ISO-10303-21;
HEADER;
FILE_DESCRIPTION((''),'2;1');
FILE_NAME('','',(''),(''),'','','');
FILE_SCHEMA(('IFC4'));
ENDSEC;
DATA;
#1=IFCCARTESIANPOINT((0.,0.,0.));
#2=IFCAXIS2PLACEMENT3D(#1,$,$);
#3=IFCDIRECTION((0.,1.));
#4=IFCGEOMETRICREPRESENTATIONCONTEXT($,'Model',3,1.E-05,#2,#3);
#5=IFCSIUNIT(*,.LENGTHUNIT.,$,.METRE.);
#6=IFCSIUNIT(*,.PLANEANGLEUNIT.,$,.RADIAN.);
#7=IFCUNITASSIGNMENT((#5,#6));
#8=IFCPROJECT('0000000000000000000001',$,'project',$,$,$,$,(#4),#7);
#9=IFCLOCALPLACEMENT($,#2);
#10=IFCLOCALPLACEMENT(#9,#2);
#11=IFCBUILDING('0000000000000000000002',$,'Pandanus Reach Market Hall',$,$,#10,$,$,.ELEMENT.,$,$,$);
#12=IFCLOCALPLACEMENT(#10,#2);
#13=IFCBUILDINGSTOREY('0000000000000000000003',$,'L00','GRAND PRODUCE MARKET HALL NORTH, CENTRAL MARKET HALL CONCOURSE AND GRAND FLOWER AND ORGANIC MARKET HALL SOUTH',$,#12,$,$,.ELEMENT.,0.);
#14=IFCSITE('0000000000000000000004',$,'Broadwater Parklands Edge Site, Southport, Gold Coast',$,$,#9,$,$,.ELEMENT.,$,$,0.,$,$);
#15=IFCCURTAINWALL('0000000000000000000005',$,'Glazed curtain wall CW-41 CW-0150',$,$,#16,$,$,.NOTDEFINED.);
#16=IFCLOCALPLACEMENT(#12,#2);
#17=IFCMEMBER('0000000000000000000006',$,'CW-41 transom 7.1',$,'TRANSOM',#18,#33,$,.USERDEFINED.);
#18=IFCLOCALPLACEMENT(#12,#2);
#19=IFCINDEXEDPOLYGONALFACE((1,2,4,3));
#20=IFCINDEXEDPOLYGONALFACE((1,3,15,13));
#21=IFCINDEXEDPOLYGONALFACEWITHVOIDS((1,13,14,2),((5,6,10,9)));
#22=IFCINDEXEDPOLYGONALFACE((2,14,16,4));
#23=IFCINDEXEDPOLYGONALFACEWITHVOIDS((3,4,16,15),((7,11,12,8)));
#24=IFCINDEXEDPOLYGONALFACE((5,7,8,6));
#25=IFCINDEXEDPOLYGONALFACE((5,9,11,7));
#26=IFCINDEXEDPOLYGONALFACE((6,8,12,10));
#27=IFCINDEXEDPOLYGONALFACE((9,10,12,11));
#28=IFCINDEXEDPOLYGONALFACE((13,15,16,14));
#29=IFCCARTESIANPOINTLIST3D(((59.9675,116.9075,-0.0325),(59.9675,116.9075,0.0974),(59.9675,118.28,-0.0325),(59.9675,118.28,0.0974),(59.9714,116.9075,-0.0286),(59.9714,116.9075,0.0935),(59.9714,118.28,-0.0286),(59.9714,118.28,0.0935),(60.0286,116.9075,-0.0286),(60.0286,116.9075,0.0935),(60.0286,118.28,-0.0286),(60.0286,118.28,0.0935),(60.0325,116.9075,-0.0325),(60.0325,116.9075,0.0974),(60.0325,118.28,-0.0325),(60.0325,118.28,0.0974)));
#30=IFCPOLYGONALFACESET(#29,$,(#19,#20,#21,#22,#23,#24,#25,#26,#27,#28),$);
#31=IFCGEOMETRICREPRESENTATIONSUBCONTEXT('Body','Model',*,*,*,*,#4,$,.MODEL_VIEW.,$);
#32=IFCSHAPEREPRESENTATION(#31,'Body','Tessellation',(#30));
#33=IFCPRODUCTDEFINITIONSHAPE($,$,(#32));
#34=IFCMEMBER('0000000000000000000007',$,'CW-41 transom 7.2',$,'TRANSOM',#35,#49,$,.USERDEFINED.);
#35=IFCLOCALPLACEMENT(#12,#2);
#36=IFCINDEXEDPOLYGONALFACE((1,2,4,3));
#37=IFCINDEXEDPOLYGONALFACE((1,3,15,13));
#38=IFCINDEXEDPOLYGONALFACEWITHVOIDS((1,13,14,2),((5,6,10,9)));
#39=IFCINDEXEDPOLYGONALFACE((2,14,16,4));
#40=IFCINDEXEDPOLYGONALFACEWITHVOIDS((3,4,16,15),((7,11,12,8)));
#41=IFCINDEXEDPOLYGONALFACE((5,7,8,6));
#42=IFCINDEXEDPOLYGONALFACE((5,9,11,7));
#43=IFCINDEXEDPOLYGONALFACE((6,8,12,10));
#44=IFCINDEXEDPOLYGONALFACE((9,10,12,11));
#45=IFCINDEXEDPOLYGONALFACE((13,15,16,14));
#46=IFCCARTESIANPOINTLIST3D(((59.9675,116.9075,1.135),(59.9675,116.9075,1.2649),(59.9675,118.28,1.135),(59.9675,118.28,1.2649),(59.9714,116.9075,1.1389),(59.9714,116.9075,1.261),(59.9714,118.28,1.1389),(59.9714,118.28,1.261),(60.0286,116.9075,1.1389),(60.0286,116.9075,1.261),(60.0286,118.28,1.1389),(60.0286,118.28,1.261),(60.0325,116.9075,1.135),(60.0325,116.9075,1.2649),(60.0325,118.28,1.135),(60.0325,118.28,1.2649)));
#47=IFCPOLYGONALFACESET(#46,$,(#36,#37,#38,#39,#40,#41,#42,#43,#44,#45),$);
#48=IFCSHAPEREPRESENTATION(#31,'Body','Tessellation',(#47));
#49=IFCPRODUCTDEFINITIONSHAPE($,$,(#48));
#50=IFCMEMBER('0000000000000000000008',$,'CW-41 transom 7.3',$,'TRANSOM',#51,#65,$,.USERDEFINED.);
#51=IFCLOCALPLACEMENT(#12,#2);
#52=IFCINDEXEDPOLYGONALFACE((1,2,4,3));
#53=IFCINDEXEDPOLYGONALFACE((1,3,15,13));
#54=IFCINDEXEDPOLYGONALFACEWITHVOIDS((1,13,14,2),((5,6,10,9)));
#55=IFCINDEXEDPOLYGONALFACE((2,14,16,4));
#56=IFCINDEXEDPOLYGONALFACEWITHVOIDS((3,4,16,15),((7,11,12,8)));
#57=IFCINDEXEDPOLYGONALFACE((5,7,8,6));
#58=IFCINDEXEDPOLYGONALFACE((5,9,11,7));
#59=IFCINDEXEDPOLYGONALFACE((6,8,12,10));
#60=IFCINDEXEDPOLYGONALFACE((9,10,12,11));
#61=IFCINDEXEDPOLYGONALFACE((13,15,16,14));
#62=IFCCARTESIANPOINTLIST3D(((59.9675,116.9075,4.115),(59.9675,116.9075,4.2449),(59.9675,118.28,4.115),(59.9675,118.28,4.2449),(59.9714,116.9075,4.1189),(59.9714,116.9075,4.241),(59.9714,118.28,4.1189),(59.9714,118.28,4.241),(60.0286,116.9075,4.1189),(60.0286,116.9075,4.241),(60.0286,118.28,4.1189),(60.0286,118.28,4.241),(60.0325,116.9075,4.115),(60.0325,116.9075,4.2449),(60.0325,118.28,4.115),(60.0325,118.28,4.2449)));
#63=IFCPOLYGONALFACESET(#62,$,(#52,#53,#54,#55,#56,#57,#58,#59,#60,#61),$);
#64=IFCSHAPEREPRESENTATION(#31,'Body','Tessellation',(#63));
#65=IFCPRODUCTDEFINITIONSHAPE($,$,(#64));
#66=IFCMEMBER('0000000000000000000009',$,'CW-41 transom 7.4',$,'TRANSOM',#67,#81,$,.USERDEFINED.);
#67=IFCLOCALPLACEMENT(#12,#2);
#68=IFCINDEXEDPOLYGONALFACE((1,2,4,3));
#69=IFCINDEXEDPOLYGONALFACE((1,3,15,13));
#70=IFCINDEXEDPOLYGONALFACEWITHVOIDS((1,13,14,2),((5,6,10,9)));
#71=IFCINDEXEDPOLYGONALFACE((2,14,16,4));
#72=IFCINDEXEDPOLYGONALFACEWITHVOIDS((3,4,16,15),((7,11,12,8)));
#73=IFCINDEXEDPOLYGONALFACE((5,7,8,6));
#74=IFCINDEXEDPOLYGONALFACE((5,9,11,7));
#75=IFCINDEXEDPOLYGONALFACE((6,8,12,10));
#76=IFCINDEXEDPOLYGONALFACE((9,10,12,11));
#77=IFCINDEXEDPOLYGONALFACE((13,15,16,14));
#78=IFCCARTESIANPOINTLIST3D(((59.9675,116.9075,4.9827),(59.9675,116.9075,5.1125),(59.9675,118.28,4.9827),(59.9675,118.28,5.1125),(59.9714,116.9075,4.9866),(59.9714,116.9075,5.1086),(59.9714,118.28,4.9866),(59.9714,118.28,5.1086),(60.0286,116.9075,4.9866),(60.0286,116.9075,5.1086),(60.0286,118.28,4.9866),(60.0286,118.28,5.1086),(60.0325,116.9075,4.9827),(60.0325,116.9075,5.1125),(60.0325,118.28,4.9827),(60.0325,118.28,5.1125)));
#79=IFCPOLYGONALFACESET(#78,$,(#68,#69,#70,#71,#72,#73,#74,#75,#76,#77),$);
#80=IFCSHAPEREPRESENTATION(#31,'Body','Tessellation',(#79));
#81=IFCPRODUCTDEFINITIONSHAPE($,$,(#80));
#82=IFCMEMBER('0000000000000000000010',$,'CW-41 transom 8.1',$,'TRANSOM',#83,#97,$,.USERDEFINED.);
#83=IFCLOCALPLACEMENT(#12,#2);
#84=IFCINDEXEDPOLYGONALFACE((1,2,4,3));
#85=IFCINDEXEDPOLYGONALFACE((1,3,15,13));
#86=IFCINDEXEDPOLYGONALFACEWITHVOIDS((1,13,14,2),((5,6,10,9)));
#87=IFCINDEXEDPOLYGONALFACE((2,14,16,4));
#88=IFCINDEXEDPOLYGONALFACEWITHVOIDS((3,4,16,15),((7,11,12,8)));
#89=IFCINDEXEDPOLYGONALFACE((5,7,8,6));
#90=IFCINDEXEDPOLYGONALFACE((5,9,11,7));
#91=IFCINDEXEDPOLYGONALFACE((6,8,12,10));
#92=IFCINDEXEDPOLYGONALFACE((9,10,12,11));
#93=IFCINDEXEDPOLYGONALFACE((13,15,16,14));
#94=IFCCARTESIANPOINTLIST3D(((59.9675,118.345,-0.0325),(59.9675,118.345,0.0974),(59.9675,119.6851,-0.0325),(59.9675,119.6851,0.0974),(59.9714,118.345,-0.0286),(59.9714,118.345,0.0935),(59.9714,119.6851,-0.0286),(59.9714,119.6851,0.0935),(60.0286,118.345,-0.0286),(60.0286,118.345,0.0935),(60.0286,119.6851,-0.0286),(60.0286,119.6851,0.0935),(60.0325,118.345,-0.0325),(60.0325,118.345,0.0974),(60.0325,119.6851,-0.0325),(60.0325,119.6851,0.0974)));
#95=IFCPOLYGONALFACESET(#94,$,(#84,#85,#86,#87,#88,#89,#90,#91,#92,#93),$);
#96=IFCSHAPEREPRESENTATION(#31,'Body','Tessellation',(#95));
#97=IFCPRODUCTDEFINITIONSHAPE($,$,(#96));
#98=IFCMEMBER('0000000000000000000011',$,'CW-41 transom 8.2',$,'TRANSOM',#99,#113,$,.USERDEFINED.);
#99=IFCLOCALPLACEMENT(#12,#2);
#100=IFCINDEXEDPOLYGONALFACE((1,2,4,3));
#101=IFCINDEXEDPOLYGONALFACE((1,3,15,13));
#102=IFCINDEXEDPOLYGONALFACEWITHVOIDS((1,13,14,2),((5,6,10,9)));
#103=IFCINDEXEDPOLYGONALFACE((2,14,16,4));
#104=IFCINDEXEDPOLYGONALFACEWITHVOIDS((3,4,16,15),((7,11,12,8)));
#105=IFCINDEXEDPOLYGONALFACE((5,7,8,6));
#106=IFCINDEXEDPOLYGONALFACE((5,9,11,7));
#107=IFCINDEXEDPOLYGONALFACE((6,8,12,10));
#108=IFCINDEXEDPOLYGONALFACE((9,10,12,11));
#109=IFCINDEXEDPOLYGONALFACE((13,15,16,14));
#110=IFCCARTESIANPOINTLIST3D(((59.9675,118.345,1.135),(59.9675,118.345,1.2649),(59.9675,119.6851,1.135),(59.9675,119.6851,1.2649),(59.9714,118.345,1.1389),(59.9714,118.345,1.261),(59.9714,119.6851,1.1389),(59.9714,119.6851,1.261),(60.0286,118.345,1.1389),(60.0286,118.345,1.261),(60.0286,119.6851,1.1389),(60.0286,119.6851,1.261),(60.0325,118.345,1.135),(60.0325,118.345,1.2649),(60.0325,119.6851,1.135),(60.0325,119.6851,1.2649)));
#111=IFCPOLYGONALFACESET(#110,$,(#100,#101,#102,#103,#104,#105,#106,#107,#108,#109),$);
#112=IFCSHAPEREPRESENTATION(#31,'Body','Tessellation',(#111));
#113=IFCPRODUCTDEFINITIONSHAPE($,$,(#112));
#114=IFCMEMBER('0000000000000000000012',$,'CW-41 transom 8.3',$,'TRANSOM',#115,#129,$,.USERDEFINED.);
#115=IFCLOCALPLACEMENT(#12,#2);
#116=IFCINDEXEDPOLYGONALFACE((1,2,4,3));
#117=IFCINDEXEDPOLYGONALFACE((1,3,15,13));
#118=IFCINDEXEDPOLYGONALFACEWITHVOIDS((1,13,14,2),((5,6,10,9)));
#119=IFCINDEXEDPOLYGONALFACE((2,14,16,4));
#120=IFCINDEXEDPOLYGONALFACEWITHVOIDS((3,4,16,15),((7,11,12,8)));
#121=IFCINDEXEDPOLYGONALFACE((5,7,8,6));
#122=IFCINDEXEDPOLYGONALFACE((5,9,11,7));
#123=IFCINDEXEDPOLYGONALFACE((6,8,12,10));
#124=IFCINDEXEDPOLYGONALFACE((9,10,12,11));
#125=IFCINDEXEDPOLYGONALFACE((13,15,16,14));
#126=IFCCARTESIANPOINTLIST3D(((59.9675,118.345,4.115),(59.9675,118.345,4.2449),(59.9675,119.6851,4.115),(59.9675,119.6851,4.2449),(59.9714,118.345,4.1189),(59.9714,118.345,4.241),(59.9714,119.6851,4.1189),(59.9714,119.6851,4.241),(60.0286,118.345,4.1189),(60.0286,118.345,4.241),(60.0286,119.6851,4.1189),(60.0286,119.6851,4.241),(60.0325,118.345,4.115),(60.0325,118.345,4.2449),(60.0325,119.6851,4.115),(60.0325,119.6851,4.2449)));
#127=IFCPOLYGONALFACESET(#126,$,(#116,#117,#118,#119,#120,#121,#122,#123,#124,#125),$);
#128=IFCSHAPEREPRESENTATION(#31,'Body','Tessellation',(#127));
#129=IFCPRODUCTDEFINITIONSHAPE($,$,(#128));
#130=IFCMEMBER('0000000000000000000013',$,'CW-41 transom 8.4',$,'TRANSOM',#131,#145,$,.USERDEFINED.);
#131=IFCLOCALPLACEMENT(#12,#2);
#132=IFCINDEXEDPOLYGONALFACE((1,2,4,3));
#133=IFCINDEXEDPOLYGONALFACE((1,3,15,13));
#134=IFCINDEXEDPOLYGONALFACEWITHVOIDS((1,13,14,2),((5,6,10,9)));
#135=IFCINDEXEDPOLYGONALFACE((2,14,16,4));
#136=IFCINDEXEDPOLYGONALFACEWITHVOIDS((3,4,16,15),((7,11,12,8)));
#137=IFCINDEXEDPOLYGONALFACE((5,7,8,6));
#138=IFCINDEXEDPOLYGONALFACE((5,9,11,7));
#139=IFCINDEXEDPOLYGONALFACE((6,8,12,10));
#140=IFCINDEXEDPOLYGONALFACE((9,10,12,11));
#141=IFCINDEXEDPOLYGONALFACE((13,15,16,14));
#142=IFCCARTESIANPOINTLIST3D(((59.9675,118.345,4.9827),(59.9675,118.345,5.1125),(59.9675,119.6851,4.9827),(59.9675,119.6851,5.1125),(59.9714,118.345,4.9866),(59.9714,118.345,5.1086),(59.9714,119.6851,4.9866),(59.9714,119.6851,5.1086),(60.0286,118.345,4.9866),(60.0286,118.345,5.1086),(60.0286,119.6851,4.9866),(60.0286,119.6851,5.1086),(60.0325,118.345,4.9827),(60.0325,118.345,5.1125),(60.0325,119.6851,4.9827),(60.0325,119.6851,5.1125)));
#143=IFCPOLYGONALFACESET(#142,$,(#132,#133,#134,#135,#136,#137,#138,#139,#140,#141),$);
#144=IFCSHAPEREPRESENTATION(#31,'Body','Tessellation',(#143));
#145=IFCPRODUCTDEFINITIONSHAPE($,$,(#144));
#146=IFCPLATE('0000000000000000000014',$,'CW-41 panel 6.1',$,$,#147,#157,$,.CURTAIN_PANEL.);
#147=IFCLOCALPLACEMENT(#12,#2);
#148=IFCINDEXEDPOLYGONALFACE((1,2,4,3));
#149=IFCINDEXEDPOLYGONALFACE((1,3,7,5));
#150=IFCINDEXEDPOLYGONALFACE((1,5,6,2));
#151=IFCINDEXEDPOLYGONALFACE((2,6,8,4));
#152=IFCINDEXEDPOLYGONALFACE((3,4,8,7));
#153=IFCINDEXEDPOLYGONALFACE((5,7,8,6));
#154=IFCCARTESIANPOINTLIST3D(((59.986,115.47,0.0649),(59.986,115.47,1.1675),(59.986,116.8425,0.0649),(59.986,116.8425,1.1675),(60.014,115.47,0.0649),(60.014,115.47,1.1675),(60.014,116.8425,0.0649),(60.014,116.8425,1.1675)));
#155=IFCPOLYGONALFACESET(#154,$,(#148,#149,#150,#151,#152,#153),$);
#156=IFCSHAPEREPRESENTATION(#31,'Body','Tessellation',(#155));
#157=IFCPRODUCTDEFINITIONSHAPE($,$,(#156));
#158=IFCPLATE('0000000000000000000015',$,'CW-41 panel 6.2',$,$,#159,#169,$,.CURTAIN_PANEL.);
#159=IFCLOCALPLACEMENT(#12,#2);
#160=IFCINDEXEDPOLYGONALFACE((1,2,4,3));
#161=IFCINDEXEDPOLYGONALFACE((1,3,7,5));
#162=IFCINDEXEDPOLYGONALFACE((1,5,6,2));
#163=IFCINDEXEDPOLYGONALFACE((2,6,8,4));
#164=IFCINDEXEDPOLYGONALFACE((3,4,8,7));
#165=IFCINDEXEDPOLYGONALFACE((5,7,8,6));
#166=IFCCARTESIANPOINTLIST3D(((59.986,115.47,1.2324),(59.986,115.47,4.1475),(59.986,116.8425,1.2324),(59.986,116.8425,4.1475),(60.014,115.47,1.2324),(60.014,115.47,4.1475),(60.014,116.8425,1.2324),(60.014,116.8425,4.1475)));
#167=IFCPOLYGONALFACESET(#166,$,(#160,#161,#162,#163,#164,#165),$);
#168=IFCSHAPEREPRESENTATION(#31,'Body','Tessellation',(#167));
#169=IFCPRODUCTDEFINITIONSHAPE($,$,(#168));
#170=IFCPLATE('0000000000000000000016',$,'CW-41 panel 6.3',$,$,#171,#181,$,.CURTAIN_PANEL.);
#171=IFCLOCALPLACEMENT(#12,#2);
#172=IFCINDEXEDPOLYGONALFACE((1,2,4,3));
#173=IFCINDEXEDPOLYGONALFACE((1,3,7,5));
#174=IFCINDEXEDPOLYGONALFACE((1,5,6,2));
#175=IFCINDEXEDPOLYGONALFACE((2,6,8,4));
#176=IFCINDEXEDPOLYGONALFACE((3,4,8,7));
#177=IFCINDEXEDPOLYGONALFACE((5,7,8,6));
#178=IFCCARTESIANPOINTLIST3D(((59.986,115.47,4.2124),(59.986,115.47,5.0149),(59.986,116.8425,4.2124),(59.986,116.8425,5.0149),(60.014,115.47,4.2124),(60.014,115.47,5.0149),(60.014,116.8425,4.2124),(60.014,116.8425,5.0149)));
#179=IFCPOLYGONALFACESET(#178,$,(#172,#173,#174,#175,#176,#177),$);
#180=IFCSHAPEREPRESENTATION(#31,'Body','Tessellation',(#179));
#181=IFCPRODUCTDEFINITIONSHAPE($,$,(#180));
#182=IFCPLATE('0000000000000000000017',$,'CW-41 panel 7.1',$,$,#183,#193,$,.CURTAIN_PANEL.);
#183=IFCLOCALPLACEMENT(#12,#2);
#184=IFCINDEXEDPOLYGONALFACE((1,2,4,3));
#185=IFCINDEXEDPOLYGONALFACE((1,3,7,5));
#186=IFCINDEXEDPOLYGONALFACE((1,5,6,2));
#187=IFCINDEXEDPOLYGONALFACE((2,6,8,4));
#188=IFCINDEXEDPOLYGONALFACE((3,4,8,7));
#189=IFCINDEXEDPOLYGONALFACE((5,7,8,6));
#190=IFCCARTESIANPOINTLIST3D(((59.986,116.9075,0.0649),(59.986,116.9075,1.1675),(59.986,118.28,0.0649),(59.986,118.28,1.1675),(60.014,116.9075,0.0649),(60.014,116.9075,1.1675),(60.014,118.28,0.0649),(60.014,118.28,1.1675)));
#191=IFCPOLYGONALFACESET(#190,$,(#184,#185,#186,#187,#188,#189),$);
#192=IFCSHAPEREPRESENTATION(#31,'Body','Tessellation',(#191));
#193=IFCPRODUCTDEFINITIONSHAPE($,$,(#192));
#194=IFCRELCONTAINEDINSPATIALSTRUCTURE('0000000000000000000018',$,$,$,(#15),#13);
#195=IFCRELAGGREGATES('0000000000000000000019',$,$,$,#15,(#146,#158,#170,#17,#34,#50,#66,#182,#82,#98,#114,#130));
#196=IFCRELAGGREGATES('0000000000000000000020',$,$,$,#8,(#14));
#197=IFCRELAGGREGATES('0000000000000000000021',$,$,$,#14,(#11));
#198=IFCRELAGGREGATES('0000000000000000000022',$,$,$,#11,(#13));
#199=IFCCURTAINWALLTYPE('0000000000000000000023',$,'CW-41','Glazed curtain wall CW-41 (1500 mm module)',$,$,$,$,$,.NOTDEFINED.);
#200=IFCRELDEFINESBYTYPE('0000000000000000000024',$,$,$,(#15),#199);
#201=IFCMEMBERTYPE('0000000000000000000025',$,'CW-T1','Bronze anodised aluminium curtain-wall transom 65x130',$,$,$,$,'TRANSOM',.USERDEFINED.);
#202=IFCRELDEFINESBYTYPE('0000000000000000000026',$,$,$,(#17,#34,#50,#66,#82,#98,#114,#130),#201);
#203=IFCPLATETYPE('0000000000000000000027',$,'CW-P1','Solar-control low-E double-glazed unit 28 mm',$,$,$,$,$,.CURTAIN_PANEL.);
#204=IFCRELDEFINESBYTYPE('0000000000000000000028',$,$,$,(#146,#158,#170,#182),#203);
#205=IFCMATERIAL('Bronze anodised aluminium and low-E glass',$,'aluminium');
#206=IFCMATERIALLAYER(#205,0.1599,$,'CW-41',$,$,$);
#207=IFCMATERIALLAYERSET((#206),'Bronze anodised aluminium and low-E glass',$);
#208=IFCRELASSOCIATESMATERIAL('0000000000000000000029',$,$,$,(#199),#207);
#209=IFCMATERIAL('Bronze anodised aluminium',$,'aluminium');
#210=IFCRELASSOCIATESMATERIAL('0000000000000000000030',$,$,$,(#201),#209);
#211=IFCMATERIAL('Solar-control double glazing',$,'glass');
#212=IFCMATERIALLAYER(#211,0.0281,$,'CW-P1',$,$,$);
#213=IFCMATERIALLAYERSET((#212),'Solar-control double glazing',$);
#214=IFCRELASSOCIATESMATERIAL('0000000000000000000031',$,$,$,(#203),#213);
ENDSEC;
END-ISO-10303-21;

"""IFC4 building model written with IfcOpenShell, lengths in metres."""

from ifc_helpers import new_model, si_unit, direction, frame, origin, origin_2d, place, context, subcontext, project, spatial, rectangle, hollow_rectangle, extrude, material, layer, layer_set, material_profile, profile_set, type_object, element, aggregate, save


model = new_model("IFC4")

# Units and contexts
model_context = context("Model", 3, precision=1e-05, world=origin(), true_north=direction((0.0, 1.0)))
body_context = subcontext(model_context, "Body", "Model", "MODEL_VIEW")
ifc_project = project(units=[si_unit("LENGTHUNIT", "METRE"), si_unit("PLANEANGLEUNIT", "RADIAN")], contexts=[model_context])

# Site, building, storey
site_placement = place(None, origin())
site = spatial("IfcSite", under=ifc_project, at=site_placement, Name="Broadwater Parklands Edge Site, Southport, Gold Coast", CompositionType="ELEMENT", RefElevation=0.0)
building_placement = place(site_placement, origin())
building = spatial("IfcBuilding", under=site, at=building_placement, Name="Pandanus Reach Market Hall", CompositionType="ELEMENT")
storey_placement = place(building_placement, origin())
storey = spatial("IfcBuildingStorey", under=building, at=storey_placement, Name="L00", Description="GRAND PRODUCE MARKET HALL NORTH, CENTRAL MARKET HALL CONCOURSE AND GRAND FLOWER AND ORGANIC MARKET HALL SOUTH", CompositionType="ELEMENT", Elevation=0.0)

# Curtain wall, members, plates
ifc_material_1 = material(Name="Bronze anodised aluminium and low-E glass", Category="aluminium")
ifc_layer_1 = layer(ifc_material_1, 0.1599, Name="CW-41")
ifc_layer_set_1 = layer_set([ifc_layer_1], Name="Bronze anodised aluminium and low-E glass")
curtain_wall_type = type_object("IfcCurtainWallType", Name="CW-41", Description="Glazed curtain wall CW-41 (1500 mm module)", PredefinedType="NOTDEFINED", material=ifc_layer_set_1)
curtain_wall_placement = place(storey_placement, origin())
curtain_wall = element("IfcCurtainWall", 1, at=curtain_wall_placement, inside=storey, type_object=curtain_wall_type, Name="Glazed curtain wall CW-41 CW-0150", PredefinedType="NOTDEFINED")
ifc_material_2 = material(Name="Bronze anodised aluminium", Category="aluminium")
ifc_material_profile_1 = material_profile(ifc_material_2, hollow_rectangle(XDim=0.0649, YDim=0.1299, WallThickness=0.0039, at=origin_2d()), Name="ALU65x130", Category="LoadBearing")
ifc_profile_set_1 = profile_set([ifc_material_profile_1], Name="Bronze anodised aluminium")
member_type_1 = type_object("IfcMemberType", Name="CW-T1", Description="Bronze anodised aluminium curtain-wall transom 65x130", ElementType="TRANSOM", PredefinedType="USERDEFINED", material=ifc_profile_set_1)
member_1_placement = place(storey_placement, frame((60.0, 116.9075, 0.0325), z_axis=(0.0, 1.0, 0.0), x_axis=(-1.0, 0.0, 0.0)))
member_1 = element("IfcMember", 2, at=member_1_placement, type_object=member_type_1, Name="CW-41 transom 7.1", ObjectType="TRANSOM", PredefinedType="USERDEFINED", context=body_context, shape_type="SweptSolid", body=[
    extrude(hollow_rectangle(XDim=0.0649, YDim=0.1299, WallThickness=0.0039, at=origin_2d()), origin(), (0.0, 0.0, 1.0), 1.3726),
])
member_2_placement = place(storey_placement, frame((60.0, 116.9075, 1.2), z_axis=(0.0, 1.0, 0.0), x_axis=(-1.0, 0.0, 0.0)))
member_2 = element("IfcMember", 3, at=member_2_placement, type_object=member_type_1, Name="CW-41 transom 7.2", ObjectType="TRANSOM", PredefinedType="USERDEFINED", context=body_context, shape_type="SweptSolid", body=[
    extrude(hollow_rectangle(XDim=0.0649, YDim=0.1299, WallThickness=0.0039, at=origin_2d()), origin(), (0.0, 0.0, 1.0), 1.3726),
])
member_3_placement = place(storey_placement, frame((60.0, 116.9075, 4.1799), z_axis=(0.0, 1.0, 0.0), x_axis=(-1.0, 0.0, 0.0)))
member_3 = element("IfcMember", 4, at=member_3_placement, type_object=member_type_1, Name="CW-41 transom 7.3", ObjectType="TRANSOM", PredefinedType="USERDEFINED", context=body_context, shape_type="SweptSolid", body=[
    extrude(hollow_rectangle(XDim=0.0649, YDim=0.1299, WallThickness=0.0039, at=origin_2d()), origin(), (0.0, 0.0, 1.0), 1.3726),
])
member_4_placement = place(storey_placement, frame((60.0, 116.9075, 5.0476), z_axis=(0.0, 1.0, 0.0), x_axis=(-1.0, 0.0, 0.0)))
member_4 = element("IfcMember", 5, at=member_4_placement, type_object=member_type_1, Name="CW-41 transom 7.4", ObjectType="TRANSOM", PredefinedType="USERDEFINED", context=body_context, shape_type="SweptSolid", body=[
    extrude(hollow_rectangle(XDim=0.0649, YDim=0.1299, WallThickness=0.0039, at=origin_2d()), origin(), (0.0, 0.0, 1.0), 1.3726),
])
member_5_placement = place(storey_placement, frame((60.0, 118.345, 0.0325), z_axis=(0.0, 1.0, 0.0), x_axis=(-1.0, 0.0, 0.0)))
member_5 = element("IfcMember", 6, at=member_5_placement, type_object=member_type_1, Name="CW-41 transom 8.1", ObjectType="TRANSOM", PredefinedType="USERDEFINED", context=body_context, shape_type="SweptSolid", body=[
    extrude(hollow_rectangle(XDim=0.0649, YDim=0.1299, WallThickness=0.0039, at=origin_2d()), origin(), (0.0, 0.0, 1.0), 1.3401),
])
member_6_placement = place(storey_placement, frame((60.0, 118.345, 1.2), z_axis=(0.0, 1.0, 0.0), x_axis=(-1.0, 0.0, 0.0)))
member_6 = element("IfcMember", 7, at=member_6_placement, type_object=member_type_1, Name="CW-41 transom 8.2", ObjectType="TRANSOM", PredefinedType="USERDEFINED", context=body_context, shape_type="SweptSolid", body=[
    extrude(hollow_rectangle(XDim=0.0649, YDim=0.1299, WallThickness=0.0039, at=origin_2d()), origin(), (0.0, 0.0, 1.0), 1.3401),
])
member_7_placement = place(storey_placement, frame((60.0, 118.345, 4.1799), z_axis=(0.0, 1.0, 0.0), x_axis=(-1.0, 0.0, 0.0)))
member_7 = element("IfcMember", 8, at=member_7_placement, type_object=member_type_1, Name="CW-41 transom 8.3", ObjectType="TRANSOM", PredefinedType="USERDEFINED", context=body_context, shape_type="SweptSolid", body=[
    extrude(hollow_rectangle(XDim=0.0649, YDim=0.1299, WallThickness=0.0039, at=origin_2d()), origin(), (0.0, 0.0, 1.0), 1.3401),
])
member_8_placement = place(storey_placement, frame((60.0, 118.345, 5.0476), z_axis=(0.0, 1.0, 0.0), x_axis=(-1.0, 0.0, 0.0)))
member_8 = element("IfcMember", 9, at=member_8_placement, type_object=member_type_1, Name="CW-41 transom 8.4", ObjectType="TRANSOM", PredefinedType="USERDEFINED", context=body_context, shape_type="SweptSolid", body=[
    extrude(hollow_rectangle(XDim=0.0649, YDim=0.1299, WallThickness=0.0039, at=origin_2d()), origin(), (0.0, 0.0, 1.0), 1.3401),
])
ifc_material_3 = material(Name="Solar-control double glazing", Category="glass")
ifc_layer_2 = layer(ifc_material_3, 0.0281, Name="CW-P1")
ifc_layer_set_2 = layer_set([ifc_layer_2], Name="Solar-control double glazing")
plate_type_1 = type_object("IfcPlateType", Name="CW-P1", Description="Solar-control low-E double-glazed unit 28 mm", PredefinedType="CURTAIN_PANEL", material=ifc_layer_set_2)
plate_1_placement = place(storey_placement, frame((60.0, 116.1562, 0.0649), z_axis=(0.0, 0.0, 1.0), x_axis=(0.0, 1.0, 0.0)))
plate_1 = element("IfcPlate", 10, at=plate_1_placement, type_object=plate_type_1, Name="CW-41 panel 6.1", PredefinedType="CURTAIN_PANEL", context=body_context, shape_type="SweptSolid", body=[
    extrude(rectangle(XDim=1.3726, YDim=0.0281, at=origin_2d()), origin(), (0.0, 0.0, 1.0), 1.1025),
])
plate_2_placement = place(storey_placement, frame((60.0, 116.1562, 1.2324), z_axis=(0.0, 0.0, 1.0), x_axis=(0.0, 1.0, 0.0)))
plate_2 = element("IfcPlate", 11, at=plate_2_placement, type_object=plate_type_1, Name="CW-41 panel 6.2", PredefinedType="CURTAIN_PANEL", context=body_context, shape_type="SweptSolid", body=[
    extrude(rectangle(XDim=1.3726, YDim=0.0281, at=origin_2d()), origin(), (0.0, 0.0, 1.0), 2.915),
])
plate_3_placement = place(storey_placement, frame((60.0, 116.1562, 4.2124), z_axis=(0.0, 0.0, 1.0), x_axis=(0.0, 1.0, 0.0)))
plate_3 = element("IfcPlate", 12, at=plate_3_placement, type_object=plate_type_1, Name="CW-41 panel 6.3", PredefinedType="CURTAIN_PANEL", context=body_context, shape_type="SweptSolid", body=[
    extrude(rectangle(XDim=1.3726, YDim=0.0281, at=origin_2d()), origin(), (0.0, 0.0, 1.0), 0.8025),
])
plate_4_placement = place(storey_placement, frame((60.0, 117.5938, 0.0649), z_axis=(0.0, 0.0, 1.0), x_axis=(0.0, 1.0, 0.0)))
plate_4 = element("IfcPlate", 13, at=plate_4_placement, type_object=plate_type_1, Name="CW-41 panel 7.1", PredefinedType="CURTAIN_PANEL", context=body_context, shape_type="SweptSolid", body=[
    extrude(rectangle(XDim=1.3726, YDim=0.0281, at=origin_2d()), origin(), (0.0, 0.0, 1.0), 1.1025),
])
aggregate(curtain_wall, [plate_1, plate_2, plate_3, member_1, member_2, member_3, member_4, plate_4, member_5, member_6, member_7, member_8])

save(model, "model.ifc")
